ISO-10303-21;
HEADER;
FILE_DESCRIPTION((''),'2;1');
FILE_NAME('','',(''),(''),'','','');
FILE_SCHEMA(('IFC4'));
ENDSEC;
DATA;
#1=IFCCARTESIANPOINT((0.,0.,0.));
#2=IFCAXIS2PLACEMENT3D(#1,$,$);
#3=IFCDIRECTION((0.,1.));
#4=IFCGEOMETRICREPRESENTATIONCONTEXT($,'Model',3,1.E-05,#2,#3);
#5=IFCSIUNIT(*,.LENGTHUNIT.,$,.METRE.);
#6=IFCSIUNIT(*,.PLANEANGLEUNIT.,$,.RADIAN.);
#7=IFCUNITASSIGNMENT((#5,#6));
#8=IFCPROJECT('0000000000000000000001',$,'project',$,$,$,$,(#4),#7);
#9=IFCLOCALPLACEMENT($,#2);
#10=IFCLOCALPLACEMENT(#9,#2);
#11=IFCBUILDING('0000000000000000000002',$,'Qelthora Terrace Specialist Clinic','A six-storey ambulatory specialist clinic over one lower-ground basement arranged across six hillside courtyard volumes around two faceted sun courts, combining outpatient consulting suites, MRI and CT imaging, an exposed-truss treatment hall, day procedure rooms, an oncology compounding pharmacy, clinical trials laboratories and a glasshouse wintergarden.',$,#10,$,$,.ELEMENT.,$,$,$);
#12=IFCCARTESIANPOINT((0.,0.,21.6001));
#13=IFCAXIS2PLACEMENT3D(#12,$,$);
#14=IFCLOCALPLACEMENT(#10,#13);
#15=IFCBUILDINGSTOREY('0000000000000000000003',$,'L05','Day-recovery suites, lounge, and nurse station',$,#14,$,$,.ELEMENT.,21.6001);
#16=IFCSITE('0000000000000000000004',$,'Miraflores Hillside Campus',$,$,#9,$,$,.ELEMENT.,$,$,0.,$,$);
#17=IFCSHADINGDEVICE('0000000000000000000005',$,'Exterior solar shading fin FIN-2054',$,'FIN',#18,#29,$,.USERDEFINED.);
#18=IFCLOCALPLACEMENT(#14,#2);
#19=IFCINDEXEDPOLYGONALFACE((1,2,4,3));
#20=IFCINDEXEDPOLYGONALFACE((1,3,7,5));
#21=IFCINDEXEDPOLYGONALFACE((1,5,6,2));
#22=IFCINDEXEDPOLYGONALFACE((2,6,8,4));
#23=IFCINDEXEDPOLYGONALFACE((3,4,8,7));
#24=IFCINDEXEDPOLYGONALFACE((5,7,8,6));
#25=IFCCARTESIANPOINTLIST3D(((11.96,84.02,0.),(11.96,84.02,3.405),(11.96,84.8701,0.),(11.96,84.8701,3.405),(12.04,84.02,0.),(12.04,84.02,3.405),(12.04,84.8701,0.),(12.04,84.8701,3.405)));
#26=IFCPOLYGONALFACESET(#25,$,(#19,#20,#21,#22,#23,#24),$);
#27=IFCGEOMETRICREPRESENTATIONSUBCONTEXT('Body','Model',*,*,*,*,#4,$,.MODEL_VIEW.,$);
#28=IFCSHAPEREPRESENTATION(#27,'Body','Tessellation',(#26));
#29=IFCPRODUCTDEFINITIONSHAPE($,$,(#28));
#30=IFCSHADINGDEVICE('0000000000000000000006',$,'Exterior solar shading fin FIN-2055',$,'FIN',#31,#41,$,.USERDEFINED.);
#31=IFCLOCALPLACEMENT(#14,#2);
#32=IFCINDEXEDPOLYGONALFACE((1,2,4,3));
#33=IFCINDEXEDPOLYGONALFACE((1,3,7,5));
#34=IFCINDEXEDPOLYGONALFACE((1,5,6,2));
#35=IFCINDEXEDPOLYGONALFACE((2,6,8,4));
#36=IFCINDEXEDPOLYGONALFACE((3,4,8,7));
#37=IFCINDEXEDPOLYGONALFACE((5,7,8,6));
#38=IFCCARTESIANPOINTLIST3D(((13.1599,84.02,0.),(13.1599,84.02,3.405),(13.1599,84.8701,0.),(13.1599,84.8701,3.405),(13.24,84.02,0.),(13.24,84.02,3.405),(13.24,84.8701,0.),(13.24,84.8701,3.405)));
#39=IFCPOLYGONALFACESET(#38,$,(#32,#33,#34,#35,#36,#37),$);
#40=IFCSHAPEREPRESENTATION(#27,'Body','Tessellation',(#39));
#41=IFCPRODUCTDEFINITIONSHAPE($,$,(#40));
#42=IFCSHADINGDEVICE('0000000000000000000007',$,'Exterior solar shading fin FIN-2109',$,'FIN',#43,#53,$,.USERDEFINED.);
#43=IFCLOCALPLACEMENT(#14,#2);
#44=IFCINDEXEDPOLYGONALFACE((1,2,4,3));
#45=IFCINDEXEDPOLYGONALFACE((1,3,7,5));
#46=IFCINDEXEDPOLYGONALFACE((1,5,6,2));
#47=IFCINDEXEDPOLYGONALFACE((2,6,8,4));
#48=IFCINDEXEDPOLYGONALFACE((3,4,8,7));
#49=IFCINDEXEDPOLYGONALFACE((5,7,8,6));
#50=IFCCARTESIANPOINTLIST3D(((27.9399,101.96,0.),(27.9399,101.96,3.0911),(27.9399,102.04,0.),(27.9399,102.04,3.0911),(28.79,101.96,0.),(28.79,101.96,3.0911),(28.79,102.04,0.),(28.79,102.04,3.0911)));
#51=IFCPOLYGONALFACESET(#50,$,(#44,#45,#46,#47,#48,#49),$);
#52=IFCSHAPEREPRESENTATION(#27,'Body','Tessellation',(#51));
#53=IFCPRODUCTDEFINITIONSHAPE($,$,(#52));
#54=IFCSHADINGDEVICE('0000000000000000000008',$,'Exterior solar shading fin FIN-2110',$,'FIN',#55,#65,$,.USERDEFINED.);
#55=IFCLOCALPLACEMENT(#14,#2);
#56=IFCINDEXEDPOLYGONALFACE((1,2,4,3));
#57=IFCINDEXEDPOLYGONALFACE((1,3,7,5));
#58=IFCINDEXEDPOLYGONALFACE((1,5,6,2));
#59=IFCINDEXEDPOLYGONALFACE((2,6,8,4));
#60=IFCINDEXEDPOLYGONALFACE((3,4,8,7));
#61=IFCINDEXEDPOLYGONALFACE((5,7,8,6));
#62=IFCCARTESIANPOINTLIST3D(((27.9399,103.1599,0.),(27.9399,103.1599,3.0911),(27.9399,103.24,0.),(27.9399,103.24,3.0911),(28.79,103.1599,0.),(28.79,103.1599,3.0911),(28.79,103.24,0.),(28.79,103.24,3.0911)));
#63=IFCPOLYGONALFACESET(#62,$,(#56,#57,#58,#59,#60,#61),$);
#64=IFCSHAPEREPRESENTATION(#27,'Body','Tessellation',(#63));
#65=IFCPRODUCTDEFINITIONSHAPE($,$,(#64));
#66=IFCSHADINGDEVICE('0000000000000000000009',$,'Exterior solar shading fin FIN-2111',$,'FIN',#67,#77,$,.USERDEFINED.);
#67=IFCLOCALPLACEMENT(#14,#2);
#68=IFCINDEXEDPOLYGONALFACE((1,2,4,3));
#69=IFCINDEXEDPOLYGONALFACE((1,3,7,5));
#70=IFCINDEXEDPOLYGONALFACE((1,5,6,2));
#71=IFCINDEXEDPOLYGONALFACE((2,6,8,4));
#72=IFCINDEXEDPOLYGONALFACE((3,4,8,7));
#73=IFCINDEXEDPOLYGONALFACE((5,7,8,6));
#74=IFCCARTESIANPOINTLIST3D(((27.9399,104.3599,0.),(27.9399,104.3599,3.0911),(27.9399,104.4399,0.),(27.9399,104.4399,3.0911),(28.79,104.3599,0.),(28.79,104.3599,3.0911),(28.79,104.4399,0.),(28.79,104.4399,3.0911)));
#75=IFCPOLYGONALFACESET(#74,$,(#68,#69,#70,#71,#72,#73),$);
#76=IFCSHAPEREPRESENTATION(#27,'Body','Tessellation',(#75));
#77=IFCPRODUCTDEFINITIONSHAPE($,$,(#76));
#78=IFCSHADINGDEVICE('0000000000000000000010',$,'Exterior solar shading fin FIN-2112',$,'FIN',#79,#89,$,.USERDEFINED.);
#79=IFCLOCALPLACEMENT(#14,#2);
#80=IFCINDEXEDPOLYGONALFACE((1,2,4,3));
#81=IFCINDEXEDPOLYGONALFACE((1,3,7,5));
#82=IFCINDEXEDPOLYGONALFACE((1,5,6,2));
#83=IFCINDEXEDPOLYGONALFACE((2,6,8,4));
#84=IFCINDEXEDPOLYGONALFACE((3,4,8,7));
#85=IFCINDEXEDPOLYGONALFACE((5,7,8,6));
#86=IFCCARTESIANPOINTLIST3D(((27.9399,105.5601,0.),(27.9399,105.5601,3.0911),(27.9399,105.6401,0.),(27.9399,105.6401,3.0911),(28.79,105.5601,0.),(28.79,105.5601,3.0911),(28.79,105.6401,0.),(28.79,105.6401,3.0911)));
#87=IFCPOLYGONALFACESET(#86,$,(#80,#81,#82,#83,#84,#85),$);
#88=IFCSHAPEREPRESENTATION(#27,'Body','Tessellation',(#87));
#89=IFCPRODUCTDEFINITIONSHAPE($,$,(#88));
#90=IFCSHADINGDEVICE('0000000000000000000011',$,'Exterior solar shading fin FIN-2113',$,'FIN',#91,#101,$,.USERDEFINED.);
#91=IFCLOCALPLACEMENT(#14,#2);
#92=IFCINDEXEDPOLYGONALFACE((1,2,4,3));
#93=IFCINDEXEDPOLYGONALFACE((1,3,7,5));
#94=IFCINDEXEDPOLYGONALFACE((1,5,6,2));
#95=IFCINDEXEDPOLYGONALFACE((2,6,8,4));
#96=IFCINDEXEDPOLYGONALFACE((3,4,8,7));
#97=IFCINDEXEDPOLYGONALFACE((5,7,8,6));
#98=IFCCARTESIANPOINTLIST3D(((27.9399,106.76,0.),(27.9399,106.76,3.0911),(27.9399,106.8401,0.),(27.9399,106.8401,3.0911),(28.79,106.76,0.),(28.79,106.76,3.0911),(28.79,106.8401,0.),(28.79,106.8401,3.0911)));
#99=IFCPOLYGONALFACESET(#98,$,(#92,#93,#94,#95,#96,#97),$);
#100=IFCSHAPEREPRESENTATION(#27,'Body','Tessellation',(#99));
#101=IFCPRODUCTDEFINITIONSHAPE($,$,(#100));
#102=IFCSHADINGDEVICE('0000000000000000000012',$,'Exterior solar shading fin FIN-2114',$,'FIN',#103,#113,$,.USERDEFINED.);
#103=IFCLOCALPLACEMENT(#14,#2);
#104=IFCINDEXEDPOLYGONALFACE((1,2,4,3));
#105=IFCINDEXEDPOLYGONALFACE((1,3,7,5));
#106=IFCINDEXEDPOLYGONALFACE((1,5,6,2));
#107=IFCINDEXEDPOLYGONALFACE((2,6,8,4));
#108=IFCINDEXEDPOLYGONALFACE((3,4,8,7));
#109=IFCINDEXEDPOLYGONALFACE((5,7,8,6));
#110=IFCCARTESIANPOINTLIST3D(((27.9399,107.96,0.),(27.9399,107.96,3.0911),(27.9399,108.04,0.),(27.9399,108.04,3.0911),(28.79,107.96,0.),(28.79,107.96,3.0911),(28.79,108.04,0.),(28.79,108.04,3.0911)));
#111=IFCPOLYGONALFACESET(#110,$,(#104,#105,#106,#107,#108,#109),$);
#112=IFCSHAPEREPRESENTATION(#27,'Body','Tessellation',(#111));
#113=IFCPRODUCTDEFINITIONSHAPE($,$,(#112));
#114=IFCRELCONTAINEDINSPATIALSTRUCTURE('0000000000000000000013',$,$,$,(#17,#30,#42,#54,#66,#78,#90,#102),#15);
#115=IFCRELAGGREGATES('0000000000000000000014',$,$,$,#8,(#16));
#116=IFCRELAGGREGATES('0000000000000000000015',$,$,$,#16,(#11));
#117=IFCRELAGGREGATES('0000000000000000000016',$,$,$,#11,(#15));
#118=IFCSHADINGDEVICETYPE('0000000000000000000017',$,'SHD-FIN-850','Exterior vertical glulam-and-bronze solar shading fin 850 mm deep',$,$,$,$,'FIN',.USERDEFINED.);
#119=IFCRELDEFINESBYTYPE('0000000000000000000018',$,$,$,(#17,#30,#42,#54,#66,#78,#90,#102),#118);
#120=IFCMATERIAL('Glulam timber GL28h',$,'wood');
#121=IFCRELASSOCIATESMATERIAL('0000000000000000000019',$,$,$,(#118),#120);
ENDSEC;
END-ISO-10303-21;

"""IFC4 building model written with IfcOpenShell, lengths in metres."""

from ifc_helpers import new_model, si_unit, direction, frame, origin, origin_2d, place, context, subcontext, project, spatial, rectangle, extrude, material, type_object, element, save


model = new_model("IFC4")

# Units and contexts
model_context = context("Model", 3, precision=1e-05, world=origin(), true_north=direction((0.0, 1.0)))
body_context = subcontext(model_context, "Body", "Model", "MODEL_VIEW")
ifc_project = project(units=[si_unit("LENGTHUNIT", "METRE"), si_unit("PLANEANGLEUNIT", "RADIAN")], contexts=[model_context])

# Site, building, storey
site_placement = place(None, origin())
site = spatial("IfcSite", under=ifc_project, at=site_placement, Name="Miraflores Hillside Campus", CompositionType="ELEMENT", RefElevation=0.0)
building_placement = place(site_placement, origin())
building = spatial("IfcBuilding", under=site, at=building_placement, Name="Qelthora Terrace Specialist Clinic", Description="A six-storey ambulatory specialist clinic over one lower-ground basement arranged across six hillside courtyard volumes around two faceted sun courts, combining outpatient consulting suites, MRI and CT imaging, an exposed-truss treatment hall, day procedure rooms, an oncology compounding pharmacy, clinical trials laboratories and a glasshouse wintergarden.", CompositionType="ELEMENT")
storey_placement = place(building_placement, frame((0.0, 0.0, 21.6001)))
storey = spatial("IfcBuildingStorey", under=building, at=storey_placement, Name="L05", Description="Day-recovery suites, lounge, and nurse station", CompositionType="ELEMENT", Elevation=21.6001)

# Shading devices
ifc_material_1 = material(Name="Glulam timber GL28h", Category="wood")
shading_device_type = type_object("IfcShadingDeviceType", Name="SHD-FIN-850", Description="Exterior vertical glulam-and-bronze solar shading fin 850 mm deep", ElementType="FIN", PredefinedType="USERDEFINED", material=ifc_material_1)
for number, where, z_axis, x_axis, name in (
    (1, (12.0, 84.4451, 0.0), (0.0, 0.0, 1.0), (0.0, 1.0, 0.0), "Exterior solar shading fin FIN-2054"),
    (2, (13.2, 84.4451, 0.0), (0.0, 0.0, 1.0), (0.0, 1.0, 0.0), "Exterior solar shading fin FIN-2055"),
):
    element("IfcShadingDevice", number, at=place(storey_placement, frame(where, z_axis=z_axis, x_axis=x_axis)), inside=storey, type_object=shading_device_type, Name=name, ObjectType="FIN", PredefinedType="USERDEFINED", context=body_context, shape_type="SweptSolid", body=[
        extrude(rectangle(XDim=0.8501, YDim=0.0801, at=origin_2d()), origin(), (0.0, 0.0, 1.0), 3.405),
    ])
for number, where, z_axis, x_axis, name in (
    (3, (28.365, 102.0, 0.0), (0.0, 0.0, 1.0), (-1.0, 0.0, 0.0), "Exterior solar shading fin FIN-2109"),
    (4, (28.365, 103.2, 0.0), (0.0, 0.0, 1.0), (-1.0, 0.0, 0.0), "Exterior solar shading fin FIN-2110"),
    (5, (28.365, 104.3999, 0.0), (0.0, 0.0, 1.0), (-1.0, 0.0, 0.0), "Exterior solar shading fin FIN-2111"),
    (6, (28.365, 105.6001, 0.0), (0.0, 0.0, 1.0), (-1.0, 0.0, 0.0), "Exterior solar shading fin FIN-2112"),
    (7, (28.365, 106.8, 0.0), (0.0, 0.0, 1.0), (-1.0, 0.0, 0.0), "Exterior solar shading fin FIN-2113"),
    (8, (28.365, 108.0, 0.0), (0.0, 0.0, 1.0), (-1.0, 0.0, 0.0), "Exterior solar shading fin FIN-2114"),
):
    element("IfcShadingDevice", number, at=place(storey_placement, frame(where, z_axis=z_axis, x_axis=x_axis)), inside=storey, type_object=shading_device_type, Name=name, ObjectType="FIN", PredefinedType="USERDEFINED", context=body_context, shape_type="SweptSolid", body=[
        extrude(rectangle(XDim=0.8501, YDim=0.0801, at=origin_2d()), origin(), (0.0, 0.0, 1.0), 3.0911),
    ])

save(model, "model.ifc")
